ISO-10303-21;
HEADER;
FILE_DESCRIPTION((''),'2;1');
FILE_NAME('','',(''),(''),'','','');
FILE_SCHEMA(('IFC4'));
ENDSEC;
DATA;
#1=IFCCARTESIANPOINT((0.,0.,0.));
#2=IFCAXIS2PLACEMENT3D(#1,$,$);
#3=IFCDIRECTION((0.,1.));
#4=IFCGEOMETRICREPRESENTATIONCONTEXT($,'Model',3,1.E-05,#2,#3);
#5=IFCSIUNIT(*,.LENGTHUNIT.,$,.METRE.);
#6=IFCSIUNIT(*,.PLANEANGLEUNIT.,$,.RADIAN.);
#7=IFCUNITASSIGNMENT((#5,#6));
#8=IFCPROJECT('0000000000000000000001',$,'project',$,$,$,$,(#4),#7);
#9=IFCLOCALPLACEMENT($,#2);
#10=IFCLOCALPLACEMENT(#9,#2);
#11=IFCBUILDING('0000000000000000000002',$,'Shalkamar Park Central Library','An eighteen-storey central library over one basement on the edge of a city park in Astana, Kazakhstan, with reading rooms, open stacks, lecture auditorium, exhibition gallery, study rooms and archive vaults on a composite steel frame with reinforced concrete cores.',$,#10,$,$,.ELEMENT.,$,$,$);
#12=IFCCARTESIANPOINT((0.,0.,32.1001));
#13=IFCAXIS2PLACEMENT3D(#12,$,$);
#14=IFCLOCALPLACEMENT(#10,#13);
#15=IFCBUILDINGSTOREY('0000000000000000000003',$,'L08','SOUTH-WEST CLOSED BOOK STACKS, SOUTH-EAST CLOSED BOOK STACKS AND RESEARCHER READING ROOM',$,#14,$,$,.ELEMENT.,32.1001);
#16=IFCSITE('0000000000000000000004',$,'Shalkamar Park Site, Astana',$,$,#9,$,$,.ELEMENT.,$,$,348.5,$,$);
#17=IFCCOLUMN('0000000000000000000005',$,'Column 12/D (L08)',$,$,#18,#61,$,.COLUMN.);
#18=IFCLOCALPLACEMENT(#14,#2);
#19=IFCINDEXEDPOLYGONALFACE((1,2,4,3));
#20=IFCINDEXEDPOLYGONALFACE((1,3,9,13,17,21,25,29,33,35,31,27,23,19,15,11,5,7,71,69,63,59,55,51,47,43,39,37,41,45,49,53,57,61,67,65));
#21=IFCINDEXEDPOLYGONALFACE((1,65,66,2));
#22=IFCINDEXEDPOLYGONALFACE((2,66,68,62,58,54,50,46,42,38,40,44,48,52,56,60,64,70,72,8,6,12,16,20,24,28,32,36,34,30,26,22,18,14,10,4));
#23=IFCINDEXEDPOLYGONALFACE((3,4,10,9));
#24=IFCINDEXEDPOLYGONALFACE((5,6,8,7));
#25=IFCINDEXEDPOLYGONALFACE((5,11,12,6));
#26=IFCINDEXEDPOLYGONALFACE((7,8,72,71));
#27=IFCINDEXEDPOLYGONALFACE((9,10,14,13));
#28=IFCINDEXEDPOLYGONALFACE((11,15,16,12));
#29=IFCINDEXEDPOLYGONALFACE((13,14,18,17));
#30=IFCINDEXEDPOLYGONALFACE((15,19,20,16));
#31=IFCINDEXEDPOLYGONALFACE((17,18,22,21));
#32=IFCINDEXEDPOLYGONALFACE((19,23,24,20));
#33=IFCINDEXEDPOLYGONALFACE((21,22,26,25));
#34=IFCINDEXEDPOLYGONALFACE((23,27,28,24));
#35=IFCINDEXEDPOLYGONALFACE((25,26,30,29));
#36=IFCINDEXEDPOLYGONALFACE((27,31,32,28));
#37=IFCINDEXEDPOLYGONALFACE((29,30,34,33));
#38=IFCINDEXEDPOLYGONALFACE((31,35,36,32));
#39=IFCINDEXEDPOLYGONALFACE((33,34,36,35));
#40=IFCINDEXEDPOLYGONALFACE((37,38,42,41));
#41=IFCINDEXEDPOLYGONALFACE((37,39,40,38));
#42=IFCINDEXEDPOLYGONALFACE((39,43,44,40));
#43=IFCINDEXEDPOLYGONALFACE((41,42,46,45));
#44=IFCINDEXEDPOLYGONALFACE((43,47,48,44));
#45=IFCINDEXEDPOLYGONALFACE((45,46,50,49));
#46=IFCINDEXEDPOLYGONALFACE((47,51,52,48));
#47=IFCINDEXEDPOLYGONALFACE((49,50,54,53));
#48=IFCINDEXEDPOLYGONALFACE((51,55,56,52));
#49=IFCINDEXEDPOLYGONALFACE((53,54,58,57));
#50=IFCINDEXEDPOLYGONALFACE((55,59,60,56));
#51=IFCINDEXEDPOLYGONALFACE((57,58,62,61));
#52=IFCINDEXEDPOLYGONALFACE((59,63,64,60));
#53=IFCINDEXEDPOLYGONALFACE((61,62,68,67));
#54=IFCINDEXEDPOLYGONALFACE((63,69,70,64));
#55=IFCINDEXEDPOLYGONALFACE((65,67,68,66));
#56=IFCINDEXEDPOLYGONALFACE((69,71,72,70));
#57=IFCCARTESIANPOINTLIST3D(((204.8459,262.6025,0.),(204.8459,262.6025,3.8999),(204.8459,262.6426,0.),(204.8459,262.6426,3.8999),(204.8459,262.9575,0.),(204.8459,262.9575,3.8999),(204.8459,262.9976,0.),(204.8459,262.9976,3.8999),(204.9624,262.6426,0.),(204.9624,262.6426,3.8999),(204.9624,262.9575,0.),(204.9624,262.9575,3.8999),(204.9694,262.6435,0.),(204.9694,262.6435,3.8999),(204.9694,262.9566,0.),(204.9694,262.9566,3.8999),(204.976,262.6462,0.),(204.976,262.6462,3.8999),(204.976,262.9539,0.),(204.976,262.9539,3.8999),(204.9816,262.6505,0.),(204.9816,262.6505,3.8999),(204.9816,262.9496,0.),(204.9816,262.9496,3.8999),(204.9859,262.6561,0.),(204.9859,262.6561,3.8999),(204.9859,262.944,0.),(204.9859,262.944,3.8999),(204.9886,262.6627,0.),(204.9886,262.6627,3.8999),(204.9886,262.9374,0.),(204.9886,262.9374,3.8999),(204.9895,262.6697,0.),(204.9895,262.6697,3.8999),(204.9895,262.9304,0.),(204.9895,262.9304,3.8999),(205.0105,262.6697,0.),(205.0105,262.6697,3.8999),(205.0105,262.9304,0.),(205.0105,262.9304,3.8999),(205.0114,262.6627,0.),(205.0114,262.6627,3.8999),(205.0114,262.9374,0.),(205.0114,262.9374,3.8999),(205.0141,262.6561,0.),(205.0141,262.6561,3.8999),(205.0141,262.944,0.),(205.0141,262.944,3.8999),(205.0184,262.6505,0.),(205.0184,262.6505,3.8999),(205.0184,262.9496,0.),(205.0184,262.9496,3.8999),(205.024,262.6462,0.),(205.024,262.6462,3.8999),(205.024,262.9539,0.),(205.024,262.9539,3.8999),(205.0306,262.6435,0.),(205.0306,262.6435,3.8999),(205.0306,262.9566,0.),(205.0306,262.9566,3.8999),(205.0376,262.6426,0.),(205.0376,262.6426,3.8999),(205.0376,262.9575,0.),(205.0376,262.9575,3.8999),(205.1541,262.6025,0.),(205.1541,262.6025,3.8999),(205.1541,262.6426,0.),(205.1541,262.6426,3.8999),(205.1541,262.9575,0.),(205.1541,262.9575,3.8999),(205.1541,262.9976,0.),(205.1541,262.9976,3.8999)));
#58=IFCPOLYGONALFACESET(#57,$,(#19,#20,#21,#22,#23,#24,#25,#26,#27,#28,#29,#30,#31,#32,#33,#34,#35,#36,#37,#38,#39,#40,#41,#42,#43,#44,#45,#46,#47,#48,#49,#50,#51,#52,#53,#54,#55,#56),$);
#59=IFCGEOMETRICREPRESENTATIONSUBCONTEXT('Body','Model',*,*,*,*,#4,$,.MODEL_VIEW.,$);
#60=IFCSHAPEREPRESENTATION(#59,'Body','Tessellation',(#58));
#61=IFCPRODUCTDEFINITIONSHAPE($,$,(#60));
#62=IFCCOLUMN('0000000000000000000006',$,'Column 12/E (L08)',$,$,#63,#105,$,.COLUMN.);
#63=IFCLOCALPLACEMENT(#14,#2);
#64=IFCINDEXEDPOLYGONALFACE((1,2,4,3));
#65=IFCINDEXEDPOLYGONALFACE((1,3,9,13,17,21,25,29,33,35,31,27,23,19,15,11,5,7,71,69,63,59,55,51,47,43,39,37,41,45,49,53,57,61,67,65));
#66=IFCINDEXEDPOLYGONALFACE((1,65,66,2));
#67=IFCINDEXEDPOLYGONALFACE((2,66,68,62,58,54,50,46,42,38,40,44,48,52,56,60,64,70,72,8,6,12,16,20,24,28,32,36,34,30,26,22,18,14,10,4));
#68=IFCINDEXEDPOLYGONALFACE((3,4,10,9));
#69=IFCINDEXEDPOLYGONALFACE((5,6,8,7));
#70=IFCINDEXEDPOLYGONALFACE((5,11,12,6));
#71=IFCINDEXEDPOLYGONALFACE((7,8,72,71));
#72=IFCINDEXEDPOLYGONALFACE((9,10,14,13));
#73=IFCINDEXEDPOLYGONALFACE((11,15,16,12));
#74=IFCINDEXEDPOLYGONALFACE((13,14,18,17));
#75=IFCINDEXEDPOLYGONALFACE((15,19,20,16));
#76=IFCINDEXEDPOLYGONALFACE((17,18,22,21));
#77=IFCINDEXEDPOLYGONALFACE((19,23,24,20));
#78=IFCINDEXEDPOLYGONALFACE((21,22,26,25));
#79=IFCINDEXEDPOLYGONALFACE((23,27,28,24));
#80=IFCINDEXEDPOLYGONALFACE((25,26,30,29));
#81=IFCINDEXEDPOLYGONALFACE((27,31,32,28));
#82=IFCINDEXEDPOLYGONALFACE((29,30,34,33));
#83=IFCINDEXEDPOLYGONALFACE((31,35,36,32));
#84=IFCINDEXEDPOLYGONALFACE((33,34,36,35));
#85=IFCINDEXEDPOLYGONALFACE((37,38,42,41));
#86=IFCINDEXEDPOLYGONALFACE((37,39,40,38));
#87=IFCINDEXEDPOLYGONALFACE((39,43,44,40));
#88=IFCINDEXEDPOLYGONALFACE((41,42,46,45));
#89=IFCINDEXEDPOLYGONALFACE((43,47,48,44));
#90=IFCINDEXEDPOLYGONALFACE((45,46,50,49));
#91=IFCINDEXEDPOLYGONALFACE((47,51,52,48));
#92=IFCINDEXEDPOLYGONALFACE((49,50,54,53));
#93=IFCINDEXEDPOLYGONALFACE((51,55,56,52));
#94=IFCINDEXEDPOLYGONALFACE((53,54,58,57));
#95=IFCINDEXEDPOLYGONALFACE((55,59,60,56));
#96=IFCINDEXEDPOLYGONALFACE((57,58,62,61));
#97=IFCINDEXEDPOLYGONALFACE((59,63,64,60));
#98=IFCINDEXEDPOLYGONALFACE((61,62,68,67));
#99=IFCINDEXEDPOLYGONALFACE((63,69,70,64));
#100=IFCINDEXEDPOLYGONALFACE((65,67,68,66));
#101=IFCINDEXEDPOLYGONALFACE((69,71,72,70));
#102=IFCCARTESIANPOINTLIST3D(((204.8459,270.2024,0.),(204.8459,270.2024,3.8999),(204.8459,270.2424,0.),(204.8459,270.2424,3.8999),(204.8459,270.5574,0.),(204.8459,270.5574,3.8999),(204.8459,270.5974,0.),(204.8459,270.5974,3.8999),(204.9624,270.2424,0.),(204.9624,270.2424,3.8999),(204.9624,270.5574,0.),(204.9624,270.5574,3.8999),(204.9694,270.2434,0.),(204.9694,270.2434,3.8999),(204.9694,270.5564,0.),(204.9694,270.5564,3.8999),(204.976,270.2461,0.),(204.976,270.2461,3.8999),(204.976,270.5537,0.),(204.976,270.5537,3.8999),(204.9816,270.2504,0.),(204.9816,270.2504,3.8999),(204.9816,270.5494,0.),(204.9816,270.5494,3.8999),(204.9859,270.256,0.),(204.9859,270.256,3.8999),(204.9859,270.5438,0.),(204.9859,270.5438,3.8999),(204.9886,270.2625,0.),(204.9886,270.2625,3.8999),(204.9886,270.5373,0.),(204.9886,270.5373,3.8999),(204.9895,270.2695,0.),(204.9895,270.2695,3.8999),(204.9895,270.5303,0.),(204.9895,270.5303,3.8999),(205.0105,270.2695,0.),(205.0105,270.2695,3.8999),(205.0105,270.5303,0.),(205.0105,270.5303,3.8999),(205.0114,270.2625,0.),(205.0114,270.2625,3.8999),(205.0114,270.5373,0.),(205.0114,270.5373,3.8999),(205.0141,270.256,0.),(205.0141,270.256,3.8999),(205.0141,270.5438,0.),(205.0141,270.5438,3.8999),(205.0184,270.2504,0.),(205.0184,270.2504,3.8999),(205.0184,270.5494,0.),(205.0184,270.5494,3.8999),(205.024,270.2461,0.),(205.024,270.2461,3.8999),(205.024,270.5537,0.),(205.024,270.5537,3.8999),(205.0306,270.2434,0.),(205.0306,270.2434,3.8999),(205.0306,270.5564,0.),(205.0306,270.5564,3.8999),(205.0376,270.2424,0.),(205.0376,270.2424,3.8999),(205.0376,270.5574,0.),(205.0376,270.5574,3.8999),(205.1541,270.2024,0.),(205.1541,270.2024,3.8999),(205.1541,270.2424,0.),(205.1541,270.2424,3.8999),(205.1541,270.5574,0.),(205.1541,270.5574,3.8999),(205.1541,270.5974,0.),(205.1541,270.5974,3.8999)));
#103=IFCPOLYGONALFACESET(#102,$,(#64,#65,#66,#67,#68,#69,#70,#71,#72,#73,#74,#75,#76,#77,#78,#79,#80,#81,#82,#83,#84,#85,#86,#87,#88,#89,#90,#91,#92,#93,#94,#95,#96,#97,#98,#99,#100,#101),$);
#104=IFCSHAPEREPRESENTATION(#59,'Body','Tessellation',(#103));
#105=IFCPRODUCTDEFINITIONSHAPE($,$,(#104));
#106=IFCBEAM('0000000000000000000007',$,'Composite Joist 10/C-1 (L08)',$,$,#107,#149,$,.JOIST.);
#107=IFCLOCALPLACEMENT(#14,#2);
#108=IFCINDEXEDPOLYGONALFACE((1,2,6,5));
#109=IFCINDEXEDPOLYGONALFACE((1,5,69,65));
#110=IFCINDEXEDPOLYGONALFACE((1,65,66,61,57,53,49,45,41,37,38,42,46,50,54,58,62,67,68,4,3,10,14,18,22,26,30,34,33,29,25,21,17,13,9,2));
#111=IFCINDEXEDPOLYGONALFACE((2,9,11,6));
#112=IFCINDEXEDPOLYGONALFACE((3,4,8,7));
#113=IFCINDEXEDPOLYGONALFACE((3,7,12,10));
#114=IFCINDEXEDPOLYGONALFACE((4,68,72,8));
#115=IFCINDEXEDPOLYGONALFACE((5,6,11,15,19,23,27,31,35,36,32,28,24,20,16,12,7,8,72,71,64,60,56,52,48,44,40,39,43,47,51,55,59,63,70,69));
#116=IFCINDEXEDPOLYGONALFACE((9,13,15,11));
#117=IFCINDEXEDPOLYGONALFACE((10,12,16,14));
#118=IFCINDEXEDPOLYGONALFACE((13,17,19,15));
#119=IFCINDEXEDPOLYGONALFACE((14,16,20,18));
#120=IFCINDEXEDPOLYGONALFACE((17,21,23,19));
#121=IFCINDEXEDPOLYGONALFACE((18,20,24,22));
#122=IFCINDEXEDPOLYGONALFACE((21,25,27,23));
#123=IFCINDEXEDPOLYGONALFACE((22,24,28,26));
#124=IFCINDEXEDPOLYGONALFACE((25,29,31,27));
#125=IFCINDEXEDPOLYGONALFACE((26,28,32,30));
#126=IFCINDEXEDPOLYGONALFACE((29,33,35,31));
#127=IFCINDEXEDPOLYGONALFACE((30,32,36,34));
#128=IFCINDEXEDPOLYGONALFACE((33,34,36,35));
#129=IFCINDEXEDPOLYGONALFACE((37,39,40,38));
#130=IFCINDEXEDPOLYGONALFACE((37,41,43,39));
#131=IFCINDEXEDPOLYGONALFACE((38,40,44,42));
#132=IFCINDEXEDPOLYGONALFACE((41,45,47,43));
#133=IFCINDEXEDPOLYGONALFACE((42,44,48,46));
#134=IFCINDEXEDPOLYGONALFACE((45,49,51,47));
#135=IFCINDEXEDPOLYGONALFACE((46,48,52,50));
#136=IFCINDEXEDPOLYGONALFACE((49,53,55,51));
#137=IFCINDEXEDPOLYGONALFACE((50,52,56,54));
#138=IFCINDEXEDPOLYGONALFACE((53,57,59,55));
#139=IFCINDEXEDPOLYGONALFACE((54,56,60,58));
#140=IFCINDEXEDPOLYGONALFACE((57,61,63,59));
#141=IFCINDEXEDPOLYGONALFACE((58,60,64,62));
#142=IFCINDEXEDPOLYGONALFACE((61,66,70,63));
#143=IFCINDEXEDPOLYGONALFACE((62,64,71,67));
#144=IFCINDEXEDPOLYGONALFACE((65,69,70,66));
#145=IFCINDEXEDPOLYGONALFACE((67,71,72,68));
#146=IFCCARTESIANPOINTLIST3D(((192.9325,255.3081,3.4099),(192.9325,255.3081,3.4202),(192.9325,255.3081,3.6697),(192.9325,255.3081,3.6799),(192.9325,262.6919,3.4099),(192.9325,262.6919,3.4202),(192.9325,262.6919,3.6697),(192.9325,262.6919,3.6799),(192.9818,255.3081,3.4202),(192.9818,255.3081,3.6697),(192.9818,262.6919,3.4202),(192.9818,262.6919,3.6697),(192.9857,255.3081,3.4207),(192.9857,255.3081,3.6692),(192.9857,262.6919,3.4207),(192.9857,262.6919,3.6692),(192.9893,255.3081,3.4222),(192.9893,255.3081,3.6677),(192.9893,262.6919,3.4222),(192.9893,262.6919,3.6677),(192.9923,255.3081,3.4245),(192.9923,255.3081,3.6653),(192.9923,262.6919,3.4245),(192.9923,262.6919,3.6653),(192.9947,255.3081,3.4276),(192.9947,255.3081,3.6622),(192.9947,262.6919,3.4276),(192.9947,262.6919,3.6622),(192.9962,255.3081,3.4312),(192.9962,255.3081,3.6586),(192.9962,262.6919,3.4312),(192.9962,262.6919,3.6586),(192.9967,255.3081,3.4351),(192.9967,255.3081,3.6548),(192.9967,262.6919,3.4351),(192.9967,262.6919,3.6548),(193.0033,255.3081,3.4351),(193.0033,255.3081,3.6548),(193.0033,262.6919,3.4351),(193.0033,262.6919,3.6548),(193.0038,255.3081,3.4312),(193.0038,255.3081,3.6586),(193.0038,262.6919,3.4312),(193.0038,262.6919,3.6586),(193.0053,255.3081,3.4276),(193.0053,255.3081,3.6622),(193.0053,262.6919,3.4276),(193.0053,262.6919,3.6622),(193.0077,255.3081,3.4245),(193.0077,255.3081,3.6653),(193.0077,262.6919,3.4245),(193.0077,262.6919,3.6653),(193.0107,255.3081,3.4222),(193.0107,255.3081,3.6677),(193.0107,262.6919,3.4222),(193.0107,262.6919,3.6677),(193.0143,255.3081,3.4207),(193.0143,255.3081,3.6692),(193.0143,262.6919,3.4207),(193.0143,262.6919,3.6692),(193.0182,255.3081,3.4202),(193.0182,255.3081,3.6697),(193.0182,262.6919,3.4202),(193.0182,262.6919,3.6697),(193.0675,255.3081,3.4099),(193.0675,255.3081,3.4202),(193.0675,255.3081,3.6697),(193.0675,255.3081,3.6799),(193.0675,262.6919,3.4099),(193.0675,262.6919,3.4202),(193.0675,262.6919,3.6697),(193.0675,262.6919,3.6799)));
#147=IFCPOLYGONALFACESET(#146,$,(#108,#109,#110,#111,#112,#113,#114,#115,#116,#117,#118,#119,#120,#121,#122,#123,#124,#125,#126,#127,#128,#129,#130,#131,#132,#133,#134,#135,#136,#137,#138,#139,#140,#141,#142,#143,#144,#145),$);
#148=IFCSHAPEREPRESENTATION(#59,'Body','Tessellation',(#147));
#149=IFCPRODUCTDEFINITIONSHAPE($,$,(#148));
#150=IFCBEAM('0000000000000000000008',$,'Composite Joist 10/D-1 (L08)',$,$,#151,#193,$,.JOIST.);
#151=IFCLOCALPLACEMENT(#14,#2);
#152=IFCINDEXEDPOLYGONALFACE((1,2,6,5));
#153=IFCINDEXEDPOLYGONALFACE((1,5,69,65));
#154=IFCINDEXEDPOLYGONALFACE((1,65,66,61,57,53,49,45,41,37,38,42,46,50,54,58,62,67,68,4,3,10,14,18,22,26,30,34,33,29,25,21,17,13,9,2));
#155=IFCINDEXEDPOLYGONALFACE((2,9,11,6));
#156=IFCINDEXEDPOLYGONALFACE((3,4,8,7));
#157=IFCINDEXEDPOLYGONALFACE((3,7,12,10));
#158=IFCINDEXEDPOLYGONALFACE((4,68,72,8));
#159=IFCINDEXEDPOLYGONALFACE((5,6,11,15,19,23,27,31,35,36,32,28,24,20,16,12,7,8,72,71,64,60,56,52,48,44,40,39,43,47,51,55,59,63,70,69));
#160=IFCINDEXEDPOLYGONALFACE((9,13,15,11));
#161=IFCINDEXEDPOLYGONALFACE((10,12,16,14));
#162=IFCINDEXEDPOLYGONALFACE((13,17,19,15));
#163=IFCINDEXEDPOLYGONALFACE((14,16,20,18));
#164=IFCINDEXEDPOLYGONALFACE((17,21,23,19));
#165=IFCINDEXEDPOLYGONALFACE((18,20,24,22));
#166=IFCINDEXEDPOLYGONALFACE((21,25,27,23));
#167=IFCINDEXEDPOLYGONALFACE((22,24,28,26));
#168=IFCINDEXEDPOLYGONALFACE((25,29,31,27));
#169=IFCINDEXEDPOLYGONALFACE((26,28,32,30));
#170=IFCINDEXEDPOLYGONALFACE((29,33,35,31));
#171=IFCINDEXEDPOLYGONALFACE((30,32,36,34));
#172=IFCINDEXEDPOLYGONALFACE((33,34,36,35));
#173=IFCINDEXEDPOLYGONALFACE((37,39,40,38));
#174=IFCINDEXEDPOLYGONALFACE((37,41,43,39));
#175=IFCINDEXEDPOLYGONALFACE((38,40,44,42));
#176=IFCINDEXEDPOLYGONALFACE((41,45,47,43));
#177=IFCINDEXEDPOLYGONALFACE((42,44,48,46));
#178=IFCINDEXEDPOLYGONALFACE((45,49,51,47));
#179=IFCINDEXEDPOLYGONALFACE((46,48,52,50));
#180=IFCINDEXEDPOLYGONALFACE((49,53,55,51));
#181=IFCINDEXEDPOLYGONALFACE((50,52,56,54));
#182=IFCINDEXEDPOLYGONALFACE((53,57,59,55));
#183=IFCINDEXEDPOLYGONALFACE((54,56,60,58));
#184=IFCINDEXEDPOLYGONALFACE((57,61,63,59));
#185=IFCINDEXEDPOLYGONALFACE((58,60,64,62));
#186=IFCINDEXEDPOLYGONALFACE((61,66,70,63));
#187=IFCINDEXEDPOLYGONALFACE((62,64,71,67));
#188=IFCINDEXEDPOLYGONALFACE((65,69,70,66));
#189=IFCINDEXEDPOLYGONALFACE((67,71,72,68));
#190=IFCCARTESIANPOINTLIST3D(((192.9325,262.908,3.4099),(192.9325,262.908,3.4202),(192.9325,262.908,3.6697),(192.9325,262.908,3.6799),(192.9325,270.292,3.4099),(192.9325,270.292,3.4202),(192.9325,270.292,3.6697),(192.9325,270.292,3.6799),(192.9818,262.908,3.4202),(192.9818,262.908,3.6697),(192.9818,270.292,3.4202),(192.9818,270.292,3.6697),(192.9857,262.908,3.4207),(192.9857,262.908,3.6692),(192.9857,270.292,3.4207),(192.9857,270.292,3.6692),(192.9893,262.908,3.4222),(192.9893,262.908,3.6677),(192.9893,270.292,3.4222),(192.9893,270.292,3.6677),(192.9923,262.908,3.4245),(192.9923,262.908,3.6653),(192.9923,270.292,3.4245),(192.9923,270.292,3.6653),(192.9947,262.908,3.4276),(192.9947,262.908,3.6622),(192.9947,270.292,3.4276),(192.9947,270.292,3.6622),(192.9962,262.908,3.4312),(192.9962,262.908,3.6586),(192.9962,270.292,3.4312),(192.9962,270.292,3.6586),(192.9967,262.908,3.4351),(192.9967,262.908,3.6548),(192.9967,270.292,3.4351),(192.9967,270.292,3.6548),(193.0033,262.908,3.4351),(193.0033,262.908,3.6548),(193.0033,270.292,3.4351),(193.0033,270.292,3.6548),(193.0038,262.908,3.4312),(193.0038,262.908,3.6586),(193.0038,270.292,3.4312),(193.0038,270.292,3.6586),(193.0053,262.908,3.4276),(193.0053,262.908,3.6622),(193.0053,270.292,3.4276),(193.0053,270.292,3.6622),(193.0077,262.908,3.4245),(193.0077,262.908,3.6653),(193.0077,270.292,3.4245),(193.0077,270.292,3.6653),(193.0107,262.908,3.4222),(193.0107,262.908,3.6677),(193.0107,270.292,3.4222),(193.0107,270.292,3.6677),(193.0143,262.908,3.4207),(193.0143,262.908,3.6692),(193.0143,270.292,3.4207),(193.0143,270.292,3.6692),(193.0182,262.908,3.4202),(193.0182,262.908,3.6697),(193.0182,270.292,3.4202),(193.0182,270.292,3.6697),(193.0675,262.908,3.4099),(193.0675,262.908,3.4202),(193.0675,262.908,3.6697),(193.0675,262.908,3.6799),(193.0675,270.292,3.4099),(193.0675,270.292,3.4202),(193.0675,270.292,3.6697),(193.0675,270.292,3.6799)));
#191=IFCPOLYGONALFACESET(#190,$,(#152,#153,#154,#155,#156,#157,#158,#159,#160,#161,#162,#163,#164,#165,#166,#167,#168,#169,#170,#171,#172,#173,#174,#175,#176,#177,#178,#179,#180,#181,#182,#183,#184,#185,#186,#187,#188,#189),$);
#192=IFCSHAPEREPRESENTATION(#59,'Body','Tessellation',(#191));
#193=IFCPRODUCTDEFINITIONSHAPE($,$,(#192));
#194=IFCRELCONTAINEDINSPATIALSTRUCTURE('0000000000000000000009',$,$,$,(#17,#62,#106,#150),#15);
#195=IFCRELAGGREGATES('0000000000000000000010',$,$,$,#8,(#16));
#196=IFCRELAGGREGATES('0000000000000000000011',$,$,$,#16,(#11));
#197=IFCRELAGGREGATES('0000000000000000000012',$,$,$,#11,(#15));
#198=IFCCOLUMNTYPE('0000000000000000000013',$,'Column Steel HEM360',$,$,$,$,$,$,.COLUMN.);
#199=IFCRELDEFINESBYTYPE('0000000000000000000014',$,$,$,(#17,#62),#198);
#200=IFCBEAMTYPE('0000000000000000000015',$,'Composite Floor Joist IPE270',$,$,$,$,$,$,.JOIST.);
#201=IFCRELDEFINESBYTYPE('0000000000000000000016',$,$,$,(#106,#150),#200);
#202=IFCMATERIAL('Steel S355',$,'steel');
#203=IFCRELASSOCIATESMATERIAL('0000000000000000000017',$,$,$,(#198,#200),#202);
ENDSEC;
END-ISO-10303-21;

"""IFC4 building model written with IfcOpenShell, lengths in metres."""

from ifc_helpers import new_model, si_unit, direction, frame, origin, origin_2d, place, context, subcontext, project, spatial, i_section, extrude, material, material_profile, profile_set, type_object, element, save


model = new_model("IFC4")

# Units and contexts
model_context = context("Model", 3, precision=1e-05, world=origin(), true_north=direction((0.0, 1.0)))
body_context = subcontext(model_context, "Body", "Model", "MODEL_VIEW")
ifc_project = project(units=[si_unit("LENGTHUNIT", "METRE"), si_unit("PLANEANGLEUNIT", "RADIAN")], contexts=[model_context])

# Site, building, storey
site_placement = place(None, origin())
site = spatial("IfcSite", under=ifc_project, at=site_placement, Name="Shalkamar Park Site, Astana", CompositionType="ELEMENT", RefElevation=348.5)
building_placement = place(site_placement, origin())
building = spatial("IfcBuilding", under=site, at=building_placement, Name="Shalkamar Park Central Library", Description="An eighteen-storey central library over one basement on the edge of a city park in Astana, Kazakhstan, with reading rooms, open stacks, lecture auditorium, exhibition gallery, study rooms and archive vaults on a composite steel frame with reinforced concrete cores.", CompositionType="ELEMENT")
storey_placement = place(building_placement, frame((0.0, 0.0, 32.1001)))
storey = spatial("IfcBuildingStorey", under=building, at=storey_placement, Name="L08", Description="SOUTH-WEST CLOSED BOOK STACKS, SOUTH-EAST CLOSED BOOK STACKS AND RESEARCHER READING ROOM", CompositionType="ELEMENT", Elevation=32.1001)

# Columns
ifc_material_1 = material(Name="Steel S355", Category="steel")
ifc_material_profile_1 = material_profile(ifc_material_1, i_section(OverallWidth=0.3081, OverallDepth=0.395, WebThickness=0.021, FlangeThickness=0.04, FilletRadius=0.0271, at=origin_2d()), Name="HEM 360")
ifc_profile_set_1 = profile_set([ifc_material_profile_1], Name="Steel S355")
column_type_1 = type_object("IfcColumnType", Name="Column Steel HEM360", PredefinedType="COLUMN", material=ifc_profile_set_1)
for number, where, z_axis, x_axis, name in (
    (1, (205.0, 262.8, 0.0), (0.0, 0.0, 1.0), (1.0, 0.0, 0.0), "Column 12/D (L08)"),
    (2, (205.0, 270.3999, 0.0), (0.0, 0.0, 1.0), (1.0, 0.0, 0.0), "Column 12/E (L08)"),
):
    element("IfcColumn", number, at=place(storey_placement, frame(where, z_axis=z_axis, x_axis=x_axis)), inside=storey, type_object=column_type_1, Name=name, PredefinedType="COLUMN", context=body_context, shape_type="SweptSolid", body=[
        extrude(i_section(OverallWidth=0.3081, OverallDepth=0.395, WebThickness=0.021, FlangeThickness=0.04, FilletRadius=0.0271, at=origin_2d()), origin(), (0.0, 0.0, 1.0), 3.8999),
    ])

# Beams
ifc_material_profile_2 = material_profile(ifc_material_1, i_section(OverallWidth=0.135, OverallDepth=0.27, WebThickness=0.0066, FlangeThickness=0.0103, FilletRadius=0.0149, at=origin_2d()), Name="IPE 270")
ifc_profile_set_2 = profile_set([ifc_material_profile_2], Name="Steel S355")
beam_type_1 = type_object("IfcBeamType", Name="Composite Floor Joist IPE270", PredefinedType="JOIST", material=ifc_profile_set_2)
beam_1_placement = place(storey_placement, frame((193.0, 255.3081, 3.5449), z_axis=(0.0, 1.0, 0.0), x_axis=(-1.0, 0.0, 0.0)))
element("IfcBeam", 3, at=beam_1_placement, inside=storey, type_object=beam_type_1, Name="Composite Joist 10/C-1 (L08)", PredefinedType="JOIST", context=body_context, shape_type="SweptSolid", body=[
    extrude(i_section(OverallWidth=0.135, OverallDepth=0.27, WebThickness=0.0066, FlangeThickness=0.0103, FilletRadius=0.0149, at=origin_2d()), origin(), (0.0, 0.0, 1.0), 7.3838),
])
beam_2_placement = place(storey_placement, frame((193.0, 262.908, 3.5449), z_axis=(0.0, 1.0, 0.0), x_axis=(-1.0, 0.0, 0.0)))
element("IfcBeam", 4, at=beam_2_placement, inside=storey, type_object=beam_type_1, Name="Composite Joist 10/D-1 (L08)", PredefinedType="JOIST", context=body_context, shape_type="SweptSolid", body=[
    extrude(i_section(OverallWidth=0.135, OverallDepth=0.27, WebThickness=0.0066, FlangeThickness=0.0103, FilletRadius=0.0149, at=origin_2d()), origin(), (0.0, 0.0, 1.0), 7.384),
])

save(model, "model.ifc")
